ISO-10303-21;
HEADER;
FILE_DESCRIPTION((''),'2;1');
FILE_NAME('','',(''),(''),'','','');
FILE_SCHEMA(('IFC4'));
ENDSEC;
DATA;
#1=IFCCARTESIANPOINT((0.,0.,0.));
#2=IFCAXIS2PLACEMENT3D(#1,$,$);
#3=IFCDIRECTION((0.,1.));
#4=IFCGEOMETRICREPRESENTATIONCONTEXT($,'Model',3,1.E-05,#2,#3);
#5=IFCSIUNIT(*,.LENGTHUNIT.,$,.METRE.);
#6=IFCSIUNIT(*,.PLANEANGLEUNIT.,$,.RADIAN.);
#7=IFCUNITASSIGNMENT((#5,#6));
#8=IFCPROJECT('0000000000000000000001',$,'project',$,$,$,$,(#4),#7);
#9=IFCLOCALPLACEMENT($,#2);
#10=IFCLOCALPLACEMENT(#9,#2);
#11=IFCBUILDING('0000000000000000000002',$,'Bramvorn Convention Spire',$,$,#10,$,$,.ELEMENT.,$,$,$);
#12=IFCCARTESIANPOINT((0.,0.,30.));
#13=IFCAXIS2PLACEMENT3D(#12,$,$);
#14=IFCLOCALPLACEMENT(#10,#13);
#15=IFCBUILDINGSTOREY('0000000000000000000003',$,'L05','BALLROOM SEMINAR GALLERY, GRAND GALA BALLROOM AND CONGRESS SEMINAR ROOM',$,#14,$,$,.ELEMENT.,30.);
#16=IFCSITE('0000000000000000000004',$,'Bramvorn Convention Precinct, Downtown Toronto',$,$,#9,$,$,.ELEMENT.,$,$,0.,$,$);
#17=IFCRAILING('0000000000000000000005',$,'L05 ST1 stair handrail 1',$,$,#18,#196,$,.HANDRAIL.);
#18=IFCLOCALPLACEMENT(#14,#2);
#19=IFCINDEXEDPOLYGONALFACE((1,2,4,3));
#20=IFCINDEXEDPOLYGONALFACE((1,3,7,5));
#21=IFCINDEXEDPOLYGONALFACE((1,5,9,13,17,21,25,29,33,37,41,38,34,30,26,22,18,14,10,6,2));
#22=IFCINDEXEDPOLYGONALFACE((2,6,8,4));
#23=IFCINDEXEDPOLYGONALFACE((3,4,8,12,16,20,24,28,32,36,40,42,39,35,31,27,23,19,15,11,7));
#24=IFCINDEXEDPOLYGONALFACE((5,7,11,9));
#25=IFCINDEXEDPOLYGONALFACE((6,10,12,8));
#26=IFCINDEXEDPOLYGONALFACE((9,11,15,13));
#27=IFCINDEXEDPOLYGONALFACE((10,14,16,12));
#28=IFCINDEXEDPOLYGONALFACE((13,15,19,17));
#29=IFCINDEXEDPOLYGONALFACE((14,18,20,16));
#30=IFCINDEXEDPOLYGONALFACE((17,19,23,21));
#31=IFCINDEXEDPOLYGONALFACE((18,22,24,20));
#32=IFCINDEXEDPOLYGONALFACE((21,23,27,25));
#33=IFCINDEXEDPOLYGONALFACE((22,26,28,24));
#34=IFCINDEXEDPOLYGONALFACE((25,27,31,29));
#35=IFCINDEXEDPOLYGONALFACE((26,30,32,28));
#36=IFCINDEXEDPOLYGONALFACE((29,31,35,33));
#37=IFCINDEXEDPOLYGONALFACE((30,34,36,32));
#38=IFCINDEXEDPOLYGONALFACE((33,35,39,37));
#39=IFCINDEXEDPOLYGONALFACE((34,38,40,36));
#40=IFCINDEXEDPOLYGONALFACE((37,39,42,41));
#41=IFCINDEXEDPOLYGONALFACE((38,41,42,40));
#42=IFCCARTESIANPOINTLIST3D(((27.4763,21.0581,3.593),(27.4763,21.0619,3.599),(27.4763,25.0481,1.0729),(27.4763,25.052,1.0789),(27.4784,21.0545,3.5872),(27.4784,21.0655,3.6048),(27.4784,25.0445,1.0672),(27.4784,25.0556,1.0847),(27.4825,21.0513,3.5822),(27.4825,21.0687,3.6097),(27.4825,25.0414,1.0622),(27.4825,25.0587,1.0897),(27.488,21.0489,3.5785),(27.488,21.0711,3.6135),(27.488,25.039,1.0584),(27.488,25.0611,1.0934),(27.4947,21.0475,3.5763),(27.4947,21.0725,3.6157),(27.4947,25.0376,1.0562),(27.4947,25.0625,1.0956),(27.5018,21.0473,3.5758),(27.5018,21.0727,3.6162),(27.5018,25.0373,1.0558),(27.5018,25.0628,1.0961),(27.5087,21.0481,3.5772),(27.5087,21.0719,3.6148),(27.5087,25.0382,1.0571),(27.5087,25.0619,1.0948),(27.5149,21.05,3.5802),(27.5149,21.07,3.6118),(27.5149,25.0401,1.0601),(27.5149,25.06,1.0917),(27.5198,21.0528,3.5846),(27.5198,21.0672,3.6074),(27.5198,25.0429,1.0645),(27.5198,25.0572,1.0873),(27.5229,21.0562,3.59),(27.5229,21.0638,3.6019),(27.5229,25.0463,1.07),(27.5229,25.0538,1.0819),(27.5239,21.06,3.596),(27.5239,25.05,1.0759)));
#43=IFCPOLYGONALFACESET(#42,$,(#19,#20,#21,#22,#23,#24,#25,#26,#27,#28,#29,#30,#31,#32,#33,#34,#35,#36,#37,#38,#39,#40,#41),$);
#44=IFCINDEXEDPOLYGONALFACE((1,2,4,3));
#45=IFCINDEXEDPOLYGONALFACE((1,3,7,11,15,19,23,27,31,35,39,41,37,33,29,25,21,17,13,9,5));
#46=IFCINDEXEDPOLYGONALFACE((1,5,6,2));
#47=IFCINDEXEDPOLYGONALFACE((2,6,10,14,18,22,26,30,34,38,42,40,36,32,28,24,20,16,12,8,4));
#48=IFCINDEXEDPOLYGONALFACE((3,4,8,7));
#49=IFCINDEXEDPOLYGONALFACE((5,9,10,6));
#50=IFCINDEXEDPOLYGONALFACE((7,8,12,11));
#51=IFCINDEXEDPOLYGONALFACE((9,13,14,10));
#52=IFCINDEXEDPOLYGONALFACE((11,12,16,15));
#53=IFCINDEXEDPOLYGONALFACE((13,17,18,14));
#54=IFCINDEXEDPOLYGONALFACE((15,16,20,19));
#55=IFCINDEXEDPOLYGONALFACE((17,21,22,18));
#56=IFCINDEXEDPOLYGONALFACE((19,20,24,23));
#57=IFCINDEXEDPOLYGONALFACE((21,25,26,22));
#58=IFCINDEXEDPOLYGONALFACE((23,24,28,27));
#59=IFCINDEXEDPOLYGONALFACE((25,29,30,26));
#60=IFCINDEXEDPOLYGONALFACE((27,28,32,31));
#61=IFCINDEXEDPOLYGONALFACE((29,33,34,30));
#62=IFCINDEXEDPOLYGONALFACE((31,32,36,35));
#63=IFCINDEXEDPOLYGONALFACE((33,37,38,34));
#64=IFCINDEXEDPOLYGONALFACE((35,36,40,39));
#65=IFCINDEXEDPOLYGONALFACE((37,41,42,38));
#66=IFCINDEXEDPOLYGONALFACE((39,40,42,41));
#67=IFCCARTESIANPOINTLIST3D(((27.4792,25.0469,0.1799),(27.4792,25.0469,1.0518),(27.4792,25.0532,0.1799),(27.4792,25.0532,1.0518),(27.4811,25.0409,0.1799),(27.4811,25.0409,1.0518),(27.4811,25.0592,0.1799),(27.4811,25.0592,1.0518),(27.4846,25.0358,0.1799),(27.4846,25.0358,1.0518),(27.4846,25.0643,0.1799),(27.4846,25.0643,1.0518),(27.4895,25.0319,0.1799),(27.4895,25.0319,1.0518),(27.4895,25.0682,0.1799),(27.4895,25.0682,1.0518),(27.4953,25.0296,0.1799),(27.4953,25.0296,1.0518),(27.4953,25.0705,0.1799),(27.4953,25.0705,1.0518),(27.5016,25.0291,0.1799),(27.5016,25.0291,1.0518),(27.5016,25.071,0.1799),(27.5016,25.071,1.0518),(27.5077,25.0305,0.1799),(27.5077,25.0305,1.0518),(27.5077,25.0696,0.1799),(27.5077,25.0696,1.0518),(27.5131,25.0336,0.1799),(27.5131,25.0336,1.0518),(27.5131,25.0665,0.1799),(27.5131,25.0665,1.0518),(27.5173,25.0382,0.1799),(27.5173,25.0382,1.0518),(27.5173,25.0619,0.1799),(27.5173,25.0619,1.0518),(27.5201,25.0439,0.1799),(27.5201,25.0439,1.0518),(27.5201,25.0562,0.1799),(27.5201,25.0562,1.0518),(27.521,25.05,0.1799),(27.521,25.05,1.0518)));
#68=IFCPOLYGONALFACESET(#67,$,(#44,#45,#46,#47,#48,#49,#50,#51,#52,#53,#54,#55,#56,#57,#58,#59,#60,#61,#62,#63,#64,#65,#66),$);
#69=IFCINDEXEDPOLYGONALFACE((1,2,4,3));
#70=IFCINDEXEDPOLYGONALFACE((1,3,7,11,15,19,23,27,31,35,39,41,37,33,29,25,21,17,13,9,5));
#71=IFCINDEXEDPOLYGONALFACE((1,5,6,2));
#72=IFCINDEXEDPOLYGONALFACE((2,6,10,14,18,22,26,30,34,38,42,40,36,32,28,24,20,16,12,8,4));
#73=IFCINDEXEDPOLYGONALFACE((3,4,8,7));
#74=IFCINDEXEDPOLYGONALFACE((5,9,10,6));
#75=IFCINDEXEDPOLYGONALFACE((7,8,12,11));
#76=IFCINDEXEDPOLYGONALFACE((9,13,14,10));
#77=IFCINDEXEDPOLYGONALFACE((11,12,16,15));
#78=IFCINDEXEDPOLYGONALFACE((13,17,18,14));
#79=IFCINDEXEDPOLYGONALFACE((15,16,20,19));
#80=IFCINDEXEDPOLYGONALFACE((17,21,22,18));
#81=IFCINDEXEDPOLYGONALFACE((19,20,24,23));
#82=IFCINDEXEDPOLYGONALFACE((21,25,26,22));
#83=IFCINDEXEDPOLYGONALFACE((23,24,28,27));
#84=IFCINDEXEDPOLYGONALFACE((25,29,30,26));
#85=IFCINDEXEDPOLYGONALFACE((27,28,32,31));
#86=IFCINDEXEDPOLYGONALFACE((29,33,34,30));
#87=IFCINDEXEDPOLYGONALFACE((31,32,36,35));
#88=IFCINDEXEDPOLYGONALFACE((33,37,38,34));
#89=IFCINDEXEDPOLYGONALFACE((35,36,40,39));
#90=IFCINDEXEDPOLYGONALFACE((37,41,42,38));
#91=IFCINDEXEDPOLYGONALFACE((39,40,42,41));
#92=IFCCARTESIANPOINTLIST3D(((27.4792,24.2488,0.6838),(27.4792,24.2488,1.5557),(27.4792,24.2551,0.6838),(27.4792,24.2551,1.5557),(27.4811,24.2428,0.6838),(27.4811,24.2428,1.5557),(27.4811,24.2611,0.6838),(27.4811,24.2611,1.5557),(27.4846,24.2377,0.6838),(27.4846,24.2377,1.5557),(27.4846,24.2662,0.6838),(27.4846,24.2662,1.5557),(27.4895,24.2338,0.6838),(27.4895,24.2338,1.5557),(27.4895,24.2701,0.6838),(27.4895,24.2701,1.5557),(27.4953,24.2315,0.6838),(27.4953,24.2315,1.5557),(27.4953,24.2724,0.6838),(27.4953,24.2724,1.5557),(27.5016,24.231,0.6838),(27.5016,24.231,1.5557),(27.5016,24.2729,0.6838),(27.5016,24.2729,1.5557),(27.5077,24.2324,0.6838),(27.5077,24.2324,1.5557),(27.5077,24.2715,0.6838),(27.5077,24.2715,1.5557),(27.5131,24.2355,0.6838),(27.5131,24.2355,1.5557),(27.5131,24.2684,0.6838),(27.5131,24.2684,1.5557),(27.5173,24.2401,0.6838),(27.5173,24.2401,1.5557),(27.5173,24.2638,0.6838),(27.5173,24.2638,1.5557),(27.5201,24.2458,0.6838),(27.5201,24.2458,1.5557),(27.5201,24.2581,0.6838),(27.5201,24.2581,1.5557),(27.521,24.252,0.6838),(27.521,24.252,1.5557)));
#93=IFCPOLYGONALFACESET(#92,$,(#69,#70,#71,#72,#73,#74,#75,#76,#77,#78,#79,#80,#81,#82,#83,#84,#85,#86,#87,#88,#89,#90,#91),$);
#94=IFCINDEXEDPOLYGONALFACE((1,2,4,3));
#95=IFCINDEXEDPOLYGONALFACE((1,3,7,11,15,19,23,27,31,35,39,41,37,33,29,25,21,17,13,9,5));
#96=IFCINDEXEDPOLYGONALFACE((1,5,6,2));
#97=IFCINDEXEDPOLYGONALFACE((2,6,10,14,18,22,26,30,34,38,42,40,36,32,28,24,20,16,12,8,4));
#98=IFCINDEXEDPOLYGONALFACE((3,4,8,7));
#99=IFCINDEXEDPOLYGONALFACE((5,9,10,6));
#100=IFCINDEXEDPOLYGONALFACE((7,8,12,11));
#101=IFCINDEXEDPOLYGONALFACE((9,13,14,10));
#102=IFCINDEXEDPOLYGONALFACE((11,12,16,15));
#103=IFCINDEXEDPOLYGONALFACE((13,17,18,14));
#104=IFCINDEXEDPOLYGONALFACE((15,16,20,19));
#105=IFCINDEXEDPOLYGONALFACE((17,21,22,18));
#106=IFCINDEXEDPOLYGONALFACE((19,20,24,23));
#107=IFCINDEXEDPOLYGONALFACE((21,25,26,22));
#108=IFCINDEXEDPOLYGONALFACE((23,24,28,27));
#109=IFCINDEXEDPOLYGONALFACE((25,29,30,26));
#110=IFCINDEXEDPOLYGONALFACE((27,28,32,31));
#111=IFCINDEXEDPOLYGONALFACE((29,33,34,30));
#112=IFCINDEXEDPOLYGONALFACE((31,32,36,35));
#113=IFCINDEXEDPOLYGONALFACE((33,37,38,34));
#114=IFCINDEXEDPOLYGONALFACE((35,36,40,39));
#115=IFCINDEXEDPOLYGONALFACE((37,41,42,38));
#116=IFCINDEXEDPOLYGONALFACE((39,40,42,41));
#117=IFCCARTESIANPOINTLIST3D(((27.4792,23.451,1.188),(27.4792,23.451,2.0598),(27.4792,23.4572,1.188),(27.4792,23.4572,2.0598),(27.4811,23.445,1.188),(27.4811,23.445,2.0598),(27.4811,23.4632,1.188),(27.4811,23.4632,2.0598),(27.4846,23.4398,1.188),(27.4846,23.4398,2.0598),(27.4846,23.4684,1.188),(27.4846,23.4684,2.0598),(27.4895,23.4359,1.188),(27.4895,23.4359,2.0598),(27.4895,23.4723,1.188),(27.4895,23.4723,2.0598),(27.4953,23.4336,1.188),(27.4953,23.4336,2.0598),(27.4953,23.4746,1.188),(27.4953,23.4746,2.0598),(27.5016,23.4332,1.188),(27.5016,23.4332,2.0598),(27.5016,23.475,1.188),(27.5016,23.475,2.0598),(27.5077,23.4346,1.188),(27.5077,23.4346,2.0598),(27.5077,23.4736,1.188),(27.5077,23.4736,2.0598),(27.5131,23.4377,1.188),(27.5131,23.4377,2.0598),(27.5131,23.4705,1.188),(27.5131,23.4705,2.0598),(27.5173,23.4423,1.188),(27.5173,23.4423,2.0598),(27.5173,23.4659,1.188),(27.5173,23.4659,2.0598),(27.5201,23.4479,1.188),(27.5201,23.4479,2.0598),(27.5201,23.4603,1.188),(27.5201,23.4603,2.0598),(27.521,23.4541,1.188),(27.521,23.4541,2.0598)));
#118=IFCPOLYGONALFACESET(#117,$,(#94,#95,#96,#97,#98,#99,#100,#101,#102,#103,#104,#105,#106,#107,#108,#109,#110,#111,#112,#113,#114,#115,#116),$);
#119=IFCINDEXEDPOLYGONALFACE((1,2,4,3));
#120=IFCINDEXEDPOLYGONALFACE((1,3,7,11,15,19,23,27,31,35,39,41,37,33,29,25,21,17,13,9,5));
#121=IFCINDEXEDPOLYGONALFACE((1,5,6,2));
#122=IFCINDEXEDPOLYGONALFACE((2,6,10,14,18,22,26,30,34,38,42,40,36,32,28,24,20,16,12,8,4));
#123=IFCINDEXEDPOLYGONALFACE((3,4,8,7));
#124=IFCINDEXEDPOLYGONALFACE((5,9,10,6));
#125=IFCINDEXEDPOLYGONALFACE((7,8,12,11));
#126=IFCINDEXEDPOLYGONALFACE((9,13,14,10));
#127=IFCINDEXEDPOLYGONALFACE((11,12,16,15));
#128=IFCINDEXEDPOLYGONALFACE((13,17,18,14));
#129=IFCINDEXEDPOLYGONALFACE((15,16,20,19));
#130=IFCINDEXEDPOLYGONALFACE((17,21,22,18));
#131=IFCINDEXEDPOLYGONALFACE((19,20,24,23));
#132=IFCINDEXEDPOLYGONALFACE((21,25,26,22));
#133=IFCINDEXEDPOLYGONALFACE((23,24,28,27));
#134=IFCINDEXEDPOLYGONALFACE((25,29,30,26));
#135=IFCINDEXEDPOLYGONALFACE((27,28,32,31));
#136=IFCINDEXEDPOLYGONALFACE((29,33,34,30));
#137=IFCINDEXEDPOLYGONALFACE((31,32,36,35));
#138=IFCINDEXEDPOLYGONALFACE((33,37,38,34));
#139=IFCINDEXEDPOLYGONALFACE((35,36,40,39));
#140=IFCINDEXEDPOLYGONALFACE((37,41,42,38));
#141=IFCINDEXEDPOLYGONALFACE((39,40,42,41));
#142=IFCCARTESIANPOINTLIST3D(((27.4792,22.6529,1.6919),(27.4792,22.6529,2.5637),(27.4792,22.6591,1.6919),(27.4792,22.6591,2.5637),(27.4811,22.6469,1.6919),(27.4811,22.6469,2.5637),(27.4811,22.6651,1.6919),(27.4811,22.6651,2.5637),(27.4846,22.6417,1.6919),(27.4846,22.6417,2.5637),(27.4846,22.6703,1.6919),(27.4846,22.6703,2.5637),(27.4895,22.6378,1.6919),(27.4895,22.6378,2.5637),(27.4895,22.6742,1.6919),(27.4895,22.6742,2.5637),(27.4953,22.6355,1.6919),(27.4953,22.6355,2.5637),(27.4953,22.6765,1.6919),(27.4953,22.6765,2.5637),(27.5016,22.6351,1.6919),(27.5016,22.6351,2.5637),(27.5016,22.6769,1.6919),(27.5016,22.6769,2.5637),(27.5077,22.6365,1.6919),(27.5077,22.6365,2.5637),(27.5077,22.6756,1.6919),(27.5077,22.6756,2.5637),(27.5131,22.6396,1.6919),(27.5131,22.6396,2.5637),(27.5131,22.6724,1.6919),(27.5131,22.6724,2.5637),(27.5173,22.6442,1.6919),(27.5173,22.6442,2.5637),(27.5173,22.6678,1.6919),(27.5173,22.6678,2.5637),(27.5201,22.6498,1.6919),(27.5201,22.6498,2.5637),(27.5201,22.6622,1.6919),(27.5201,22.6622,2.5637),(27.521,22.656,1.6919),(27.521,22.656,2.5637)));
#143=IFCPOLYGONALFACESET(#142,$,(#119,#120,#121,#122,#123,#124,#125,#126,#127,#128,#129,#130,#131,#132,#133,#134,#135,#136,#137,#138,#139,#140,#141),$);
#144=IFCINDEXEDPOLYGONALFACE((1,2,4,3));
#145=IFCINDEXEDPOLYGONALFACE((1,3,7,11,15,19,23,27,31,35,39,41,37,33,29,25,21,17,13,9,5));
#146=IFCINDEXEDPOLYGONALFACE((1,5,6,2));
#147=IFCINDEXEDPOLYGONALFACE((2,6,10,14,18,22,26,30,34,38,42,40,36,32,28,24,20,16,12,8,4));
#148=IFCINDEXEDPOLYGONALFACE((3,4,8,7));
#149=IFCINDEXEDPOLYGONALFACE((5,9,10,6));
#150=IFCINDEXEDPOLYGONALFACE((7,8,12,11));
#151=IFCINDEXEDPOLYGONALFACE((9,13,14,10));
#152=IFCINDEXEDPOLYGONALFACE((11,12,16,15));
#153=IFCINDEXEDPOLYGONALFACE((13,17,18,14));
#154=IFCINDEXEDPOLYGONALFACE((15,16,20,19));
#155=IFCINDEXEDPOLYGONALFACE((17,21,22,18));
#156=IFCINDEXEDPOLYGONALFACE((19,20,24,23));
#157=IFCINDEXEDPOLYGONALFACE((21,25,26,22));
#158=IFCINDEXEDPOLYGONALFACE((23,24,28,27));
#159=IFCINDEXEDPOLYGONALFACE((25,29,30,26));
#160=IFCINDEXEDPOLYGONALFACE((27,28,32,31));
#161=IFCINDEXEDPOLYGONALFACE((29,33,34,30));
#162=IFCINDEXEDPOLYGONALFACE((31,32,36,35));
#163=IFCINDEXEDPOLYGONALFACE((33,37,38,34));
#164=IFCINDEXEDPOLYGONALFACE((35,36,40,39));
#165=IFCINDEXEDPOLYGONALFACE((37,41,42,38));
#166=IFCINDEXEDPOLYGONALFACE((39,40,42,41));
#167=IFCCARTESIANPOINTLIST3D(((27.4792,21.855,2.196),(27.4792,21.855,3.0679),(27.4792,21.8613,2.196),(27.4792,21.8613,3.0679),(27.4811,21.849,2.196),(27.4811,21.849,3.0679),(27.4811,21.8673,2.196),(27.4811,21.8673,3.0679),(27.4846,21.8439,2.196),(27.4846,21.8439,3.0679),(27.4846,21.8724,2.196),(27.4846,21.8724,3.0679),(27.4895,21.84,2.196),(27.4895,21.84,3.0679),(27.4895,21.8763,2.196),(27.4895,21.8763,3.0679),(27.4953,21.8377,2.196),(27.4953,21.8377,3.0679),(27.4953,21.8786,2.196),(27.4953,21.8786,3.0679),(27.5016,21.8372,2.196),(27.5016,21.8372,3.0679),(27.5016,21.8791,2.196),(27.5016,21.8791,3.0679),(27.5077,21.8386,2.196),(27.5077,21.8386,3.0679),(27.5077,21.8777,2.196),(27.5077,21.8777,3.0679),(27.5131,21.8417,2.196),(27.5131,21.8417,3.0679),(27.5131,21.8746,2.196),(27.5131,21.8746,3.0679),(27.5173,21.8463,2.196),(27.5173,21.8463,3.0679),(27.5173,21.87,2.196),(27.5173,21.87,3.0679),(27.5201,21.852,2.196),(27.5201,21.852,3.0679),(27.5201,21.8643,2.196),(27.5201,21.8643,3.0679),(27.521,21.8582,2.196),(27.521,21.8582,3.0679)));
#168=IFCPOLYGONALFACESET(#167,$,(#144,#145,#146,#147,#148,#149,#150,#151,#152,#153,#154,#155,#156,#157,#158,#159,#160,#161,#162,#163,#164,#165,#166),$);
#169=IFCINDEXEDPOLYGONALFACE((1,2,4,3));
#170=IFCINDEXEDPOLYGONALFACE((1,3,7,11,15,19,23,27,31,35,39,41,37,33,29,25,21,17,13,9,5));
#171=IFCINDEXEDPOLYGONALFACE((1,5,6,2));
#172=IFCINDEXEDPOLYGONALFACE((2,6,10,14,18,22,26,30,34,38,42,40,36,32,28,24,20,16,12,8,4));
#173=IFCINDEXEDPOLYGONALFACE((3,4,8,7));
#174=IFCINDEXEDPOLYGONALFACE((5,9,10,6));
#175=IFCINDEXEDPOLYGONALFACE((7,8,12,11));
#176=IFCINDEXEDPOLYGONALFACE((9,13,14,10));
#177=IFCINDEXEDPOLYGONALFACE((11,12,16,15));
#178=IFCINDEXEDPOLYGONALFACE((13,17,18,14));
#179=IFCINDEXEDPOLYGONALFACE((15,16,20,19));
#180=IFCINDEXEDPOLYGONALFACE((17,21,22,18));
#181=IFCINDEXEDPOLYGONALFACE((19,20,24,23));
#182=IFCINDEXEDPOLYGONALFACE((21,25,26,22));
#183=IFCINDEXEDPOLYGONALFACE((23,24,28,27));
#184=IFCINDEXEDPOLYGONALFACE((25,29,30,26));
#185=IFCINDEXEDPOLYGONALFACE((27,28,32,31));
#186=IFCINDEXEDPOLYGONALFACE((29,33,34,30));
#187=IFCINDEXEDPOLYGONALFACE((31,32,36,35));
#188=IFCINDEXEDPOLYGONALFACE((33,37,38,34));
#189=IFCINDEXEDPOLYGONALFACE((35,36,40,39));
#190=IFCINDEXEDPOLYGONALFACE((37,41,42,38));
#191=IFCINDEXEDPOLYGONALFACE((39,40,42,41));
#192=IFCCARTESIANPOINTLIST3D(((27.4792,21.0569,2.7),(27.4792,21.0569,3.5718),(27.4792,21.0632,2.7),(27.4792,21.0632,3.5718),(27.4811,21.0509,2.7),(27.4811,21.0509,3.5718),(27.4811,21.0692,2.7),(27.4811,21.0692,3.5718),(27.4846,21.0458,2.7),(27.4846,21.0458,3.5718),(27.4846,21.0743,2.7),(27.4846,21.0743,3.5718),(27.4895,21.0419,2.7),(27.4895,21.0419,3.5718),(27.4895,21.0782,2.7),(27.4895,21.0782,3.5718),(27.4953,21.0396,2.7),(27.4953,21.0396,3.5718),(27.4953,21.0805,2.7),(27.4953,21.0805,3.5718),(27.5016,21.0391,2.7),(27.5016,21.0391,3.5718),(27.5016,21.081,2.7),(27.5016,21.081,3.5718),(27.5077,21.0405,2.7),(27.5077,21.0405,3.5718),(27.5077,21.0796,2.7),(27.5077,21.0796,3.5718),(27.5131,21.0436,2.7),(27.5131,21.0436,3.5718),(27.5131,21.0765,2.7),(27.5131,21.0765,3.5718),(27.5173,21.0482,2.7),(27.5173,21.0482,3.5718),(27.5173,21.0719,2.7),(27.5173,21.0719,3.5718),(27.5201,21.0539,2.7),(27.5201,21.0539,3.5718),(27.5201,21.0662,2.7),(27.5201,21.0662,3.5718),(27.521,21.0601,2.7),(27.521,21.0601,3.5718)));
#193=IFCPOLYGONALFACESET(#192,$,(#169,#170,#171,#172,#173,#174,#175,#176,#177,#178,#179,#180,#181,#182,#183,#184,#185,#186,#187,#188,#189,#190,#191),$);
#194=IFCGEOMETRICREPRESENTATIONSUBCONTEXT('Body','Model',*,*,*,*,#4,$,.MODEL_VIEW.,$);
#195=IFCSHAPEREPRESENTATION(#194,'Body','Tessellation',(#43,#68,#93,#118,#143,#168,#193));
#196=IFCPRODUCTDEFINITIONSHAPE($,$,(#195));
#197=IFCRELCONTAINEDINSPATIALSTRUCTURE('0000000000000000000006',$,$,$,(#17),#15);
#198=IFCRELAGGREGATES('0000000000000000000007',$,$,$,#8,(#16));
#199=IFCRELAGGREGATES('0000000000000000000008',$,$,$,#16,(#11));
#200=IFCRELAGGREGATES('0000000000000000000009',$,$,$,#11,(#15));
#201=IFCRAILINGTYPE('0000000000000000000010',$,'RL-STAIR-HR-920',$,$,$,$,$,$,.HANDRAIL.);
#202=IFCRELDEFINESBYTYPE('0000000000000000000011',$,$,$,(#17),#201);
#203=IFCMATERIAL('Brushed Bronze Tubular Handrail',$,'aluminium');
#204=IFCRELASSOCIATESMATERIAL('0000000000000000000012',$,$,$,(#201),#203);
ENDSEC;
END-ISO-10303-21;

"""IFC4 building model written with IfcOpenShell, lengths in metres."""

from ifc_helpers import new_model, si_unit, direction, frame, origin, origin_2d, place, context, subcontext, project, spatial, circle, extrude, material, type_object, element, save


model = new_model("IFC4")

# Units and contexts
model_context = context("Model", 3, precision=1e-05, world=origin(), true_north=direction((0.0, 1.0)))
body_context = subcontext(model_context, "Body", "Model", "MODEL_VIEW")
ifc_project = project(units=[si_unit("LENGTHUNIT", "METRE"), si_unit("PLANEANGLEUNIT", "RADIAN")], contexts=[model_context])

# Site, building, storey
site_placement = place(None, origin())
site = spatial("IfcSite", under=ifc_project, at=site_placement, Name="Bramvorn Convention Precinct, Downtown Toronto", CompositionType="ELEMENT", RefElevation=0.0)
building_placement = place(site_placement, origin())
building = spatial("IfcBuilding", under=site, at=building_placement, Name="Bramvorn Convention Spire", CompositionType="ELEMENT")
storey_placement = place(building_placement, frame((0.0, 0.0, 30.0)))
storey = spatial("IfcBuildingStorey", under=building, at=storey_placement, Name="L05", Description="BALLROOM SEMINAR GALLERY, GRAND GALA BALLROOM AND CONGRESS SEMINAR ROOM", CompositionType="ELEMENT", Elevation=30.0)

# Railing
ifc_material_1 = material(Name="Brushed Bronze Tubular Handrail", Category="aluminium")
railing_type_1 = type_object("IfcRailingType", Name="RL-STAIR-HR-920", PredefinedType="HANDRAIL", material=ifc_material_1)
for number, where, name in (
    (1, (27.5, 25.05, 0.1799), "L05 ST1 stair handrail 1"),
):
    element("IfcRailing", number, at=place(storey_placement, frame(where)), inside=storey, type_object=railing_type_1, Name=name, PredefinedType="HANDRAIL", context=body_context, shape_type="SweptSolid", body=[
        extrude(circle(Radius=0.0239, at=origin_2d()), frame((0.0, 0.0, 0.896), z_axis=(0.0, -0.845486, 0.533997), x_axis=(1.0, 0.0, 0.0)), (0.0, 0.0, 1.0), 4.7192),
        extrude(circle(Radius=0.021, at=origin_2d()), origin(), (0.0, 0.0, 1.0), 0.8718),
        extrude(circle(Radius=0.021, at=origin_2d()), frame((0.0, -0.7981, 0.5039)), (0.0, 0.0, 1.0), 0.8718),
        extrude(circle(Radius=0.021, at=origin_2d()), frame((0.0, -1.5959, 1.0081)), (0.0, 0.0, 1.0), 0.8718),
        extrude(circle(Radius=0.021, at=origin_2d()), frame((0.0, -2.394, 1.512)), (0.0, 0.0, 1.0), 0.8718),
        extrude(circle(Radius=0.021, at=origin_2d()), frame((0.0, -3.1919, 2.0161)), (0.0, 0.0, 1.0), 0.8718),
        extrude(circle(Radius=0.021, at=origin_2d()), frame((0.0, -3.99, 2.52)), (0.0, 0.0, 1.0), 0.8718),
    ])

save(model, "model.ifc")
